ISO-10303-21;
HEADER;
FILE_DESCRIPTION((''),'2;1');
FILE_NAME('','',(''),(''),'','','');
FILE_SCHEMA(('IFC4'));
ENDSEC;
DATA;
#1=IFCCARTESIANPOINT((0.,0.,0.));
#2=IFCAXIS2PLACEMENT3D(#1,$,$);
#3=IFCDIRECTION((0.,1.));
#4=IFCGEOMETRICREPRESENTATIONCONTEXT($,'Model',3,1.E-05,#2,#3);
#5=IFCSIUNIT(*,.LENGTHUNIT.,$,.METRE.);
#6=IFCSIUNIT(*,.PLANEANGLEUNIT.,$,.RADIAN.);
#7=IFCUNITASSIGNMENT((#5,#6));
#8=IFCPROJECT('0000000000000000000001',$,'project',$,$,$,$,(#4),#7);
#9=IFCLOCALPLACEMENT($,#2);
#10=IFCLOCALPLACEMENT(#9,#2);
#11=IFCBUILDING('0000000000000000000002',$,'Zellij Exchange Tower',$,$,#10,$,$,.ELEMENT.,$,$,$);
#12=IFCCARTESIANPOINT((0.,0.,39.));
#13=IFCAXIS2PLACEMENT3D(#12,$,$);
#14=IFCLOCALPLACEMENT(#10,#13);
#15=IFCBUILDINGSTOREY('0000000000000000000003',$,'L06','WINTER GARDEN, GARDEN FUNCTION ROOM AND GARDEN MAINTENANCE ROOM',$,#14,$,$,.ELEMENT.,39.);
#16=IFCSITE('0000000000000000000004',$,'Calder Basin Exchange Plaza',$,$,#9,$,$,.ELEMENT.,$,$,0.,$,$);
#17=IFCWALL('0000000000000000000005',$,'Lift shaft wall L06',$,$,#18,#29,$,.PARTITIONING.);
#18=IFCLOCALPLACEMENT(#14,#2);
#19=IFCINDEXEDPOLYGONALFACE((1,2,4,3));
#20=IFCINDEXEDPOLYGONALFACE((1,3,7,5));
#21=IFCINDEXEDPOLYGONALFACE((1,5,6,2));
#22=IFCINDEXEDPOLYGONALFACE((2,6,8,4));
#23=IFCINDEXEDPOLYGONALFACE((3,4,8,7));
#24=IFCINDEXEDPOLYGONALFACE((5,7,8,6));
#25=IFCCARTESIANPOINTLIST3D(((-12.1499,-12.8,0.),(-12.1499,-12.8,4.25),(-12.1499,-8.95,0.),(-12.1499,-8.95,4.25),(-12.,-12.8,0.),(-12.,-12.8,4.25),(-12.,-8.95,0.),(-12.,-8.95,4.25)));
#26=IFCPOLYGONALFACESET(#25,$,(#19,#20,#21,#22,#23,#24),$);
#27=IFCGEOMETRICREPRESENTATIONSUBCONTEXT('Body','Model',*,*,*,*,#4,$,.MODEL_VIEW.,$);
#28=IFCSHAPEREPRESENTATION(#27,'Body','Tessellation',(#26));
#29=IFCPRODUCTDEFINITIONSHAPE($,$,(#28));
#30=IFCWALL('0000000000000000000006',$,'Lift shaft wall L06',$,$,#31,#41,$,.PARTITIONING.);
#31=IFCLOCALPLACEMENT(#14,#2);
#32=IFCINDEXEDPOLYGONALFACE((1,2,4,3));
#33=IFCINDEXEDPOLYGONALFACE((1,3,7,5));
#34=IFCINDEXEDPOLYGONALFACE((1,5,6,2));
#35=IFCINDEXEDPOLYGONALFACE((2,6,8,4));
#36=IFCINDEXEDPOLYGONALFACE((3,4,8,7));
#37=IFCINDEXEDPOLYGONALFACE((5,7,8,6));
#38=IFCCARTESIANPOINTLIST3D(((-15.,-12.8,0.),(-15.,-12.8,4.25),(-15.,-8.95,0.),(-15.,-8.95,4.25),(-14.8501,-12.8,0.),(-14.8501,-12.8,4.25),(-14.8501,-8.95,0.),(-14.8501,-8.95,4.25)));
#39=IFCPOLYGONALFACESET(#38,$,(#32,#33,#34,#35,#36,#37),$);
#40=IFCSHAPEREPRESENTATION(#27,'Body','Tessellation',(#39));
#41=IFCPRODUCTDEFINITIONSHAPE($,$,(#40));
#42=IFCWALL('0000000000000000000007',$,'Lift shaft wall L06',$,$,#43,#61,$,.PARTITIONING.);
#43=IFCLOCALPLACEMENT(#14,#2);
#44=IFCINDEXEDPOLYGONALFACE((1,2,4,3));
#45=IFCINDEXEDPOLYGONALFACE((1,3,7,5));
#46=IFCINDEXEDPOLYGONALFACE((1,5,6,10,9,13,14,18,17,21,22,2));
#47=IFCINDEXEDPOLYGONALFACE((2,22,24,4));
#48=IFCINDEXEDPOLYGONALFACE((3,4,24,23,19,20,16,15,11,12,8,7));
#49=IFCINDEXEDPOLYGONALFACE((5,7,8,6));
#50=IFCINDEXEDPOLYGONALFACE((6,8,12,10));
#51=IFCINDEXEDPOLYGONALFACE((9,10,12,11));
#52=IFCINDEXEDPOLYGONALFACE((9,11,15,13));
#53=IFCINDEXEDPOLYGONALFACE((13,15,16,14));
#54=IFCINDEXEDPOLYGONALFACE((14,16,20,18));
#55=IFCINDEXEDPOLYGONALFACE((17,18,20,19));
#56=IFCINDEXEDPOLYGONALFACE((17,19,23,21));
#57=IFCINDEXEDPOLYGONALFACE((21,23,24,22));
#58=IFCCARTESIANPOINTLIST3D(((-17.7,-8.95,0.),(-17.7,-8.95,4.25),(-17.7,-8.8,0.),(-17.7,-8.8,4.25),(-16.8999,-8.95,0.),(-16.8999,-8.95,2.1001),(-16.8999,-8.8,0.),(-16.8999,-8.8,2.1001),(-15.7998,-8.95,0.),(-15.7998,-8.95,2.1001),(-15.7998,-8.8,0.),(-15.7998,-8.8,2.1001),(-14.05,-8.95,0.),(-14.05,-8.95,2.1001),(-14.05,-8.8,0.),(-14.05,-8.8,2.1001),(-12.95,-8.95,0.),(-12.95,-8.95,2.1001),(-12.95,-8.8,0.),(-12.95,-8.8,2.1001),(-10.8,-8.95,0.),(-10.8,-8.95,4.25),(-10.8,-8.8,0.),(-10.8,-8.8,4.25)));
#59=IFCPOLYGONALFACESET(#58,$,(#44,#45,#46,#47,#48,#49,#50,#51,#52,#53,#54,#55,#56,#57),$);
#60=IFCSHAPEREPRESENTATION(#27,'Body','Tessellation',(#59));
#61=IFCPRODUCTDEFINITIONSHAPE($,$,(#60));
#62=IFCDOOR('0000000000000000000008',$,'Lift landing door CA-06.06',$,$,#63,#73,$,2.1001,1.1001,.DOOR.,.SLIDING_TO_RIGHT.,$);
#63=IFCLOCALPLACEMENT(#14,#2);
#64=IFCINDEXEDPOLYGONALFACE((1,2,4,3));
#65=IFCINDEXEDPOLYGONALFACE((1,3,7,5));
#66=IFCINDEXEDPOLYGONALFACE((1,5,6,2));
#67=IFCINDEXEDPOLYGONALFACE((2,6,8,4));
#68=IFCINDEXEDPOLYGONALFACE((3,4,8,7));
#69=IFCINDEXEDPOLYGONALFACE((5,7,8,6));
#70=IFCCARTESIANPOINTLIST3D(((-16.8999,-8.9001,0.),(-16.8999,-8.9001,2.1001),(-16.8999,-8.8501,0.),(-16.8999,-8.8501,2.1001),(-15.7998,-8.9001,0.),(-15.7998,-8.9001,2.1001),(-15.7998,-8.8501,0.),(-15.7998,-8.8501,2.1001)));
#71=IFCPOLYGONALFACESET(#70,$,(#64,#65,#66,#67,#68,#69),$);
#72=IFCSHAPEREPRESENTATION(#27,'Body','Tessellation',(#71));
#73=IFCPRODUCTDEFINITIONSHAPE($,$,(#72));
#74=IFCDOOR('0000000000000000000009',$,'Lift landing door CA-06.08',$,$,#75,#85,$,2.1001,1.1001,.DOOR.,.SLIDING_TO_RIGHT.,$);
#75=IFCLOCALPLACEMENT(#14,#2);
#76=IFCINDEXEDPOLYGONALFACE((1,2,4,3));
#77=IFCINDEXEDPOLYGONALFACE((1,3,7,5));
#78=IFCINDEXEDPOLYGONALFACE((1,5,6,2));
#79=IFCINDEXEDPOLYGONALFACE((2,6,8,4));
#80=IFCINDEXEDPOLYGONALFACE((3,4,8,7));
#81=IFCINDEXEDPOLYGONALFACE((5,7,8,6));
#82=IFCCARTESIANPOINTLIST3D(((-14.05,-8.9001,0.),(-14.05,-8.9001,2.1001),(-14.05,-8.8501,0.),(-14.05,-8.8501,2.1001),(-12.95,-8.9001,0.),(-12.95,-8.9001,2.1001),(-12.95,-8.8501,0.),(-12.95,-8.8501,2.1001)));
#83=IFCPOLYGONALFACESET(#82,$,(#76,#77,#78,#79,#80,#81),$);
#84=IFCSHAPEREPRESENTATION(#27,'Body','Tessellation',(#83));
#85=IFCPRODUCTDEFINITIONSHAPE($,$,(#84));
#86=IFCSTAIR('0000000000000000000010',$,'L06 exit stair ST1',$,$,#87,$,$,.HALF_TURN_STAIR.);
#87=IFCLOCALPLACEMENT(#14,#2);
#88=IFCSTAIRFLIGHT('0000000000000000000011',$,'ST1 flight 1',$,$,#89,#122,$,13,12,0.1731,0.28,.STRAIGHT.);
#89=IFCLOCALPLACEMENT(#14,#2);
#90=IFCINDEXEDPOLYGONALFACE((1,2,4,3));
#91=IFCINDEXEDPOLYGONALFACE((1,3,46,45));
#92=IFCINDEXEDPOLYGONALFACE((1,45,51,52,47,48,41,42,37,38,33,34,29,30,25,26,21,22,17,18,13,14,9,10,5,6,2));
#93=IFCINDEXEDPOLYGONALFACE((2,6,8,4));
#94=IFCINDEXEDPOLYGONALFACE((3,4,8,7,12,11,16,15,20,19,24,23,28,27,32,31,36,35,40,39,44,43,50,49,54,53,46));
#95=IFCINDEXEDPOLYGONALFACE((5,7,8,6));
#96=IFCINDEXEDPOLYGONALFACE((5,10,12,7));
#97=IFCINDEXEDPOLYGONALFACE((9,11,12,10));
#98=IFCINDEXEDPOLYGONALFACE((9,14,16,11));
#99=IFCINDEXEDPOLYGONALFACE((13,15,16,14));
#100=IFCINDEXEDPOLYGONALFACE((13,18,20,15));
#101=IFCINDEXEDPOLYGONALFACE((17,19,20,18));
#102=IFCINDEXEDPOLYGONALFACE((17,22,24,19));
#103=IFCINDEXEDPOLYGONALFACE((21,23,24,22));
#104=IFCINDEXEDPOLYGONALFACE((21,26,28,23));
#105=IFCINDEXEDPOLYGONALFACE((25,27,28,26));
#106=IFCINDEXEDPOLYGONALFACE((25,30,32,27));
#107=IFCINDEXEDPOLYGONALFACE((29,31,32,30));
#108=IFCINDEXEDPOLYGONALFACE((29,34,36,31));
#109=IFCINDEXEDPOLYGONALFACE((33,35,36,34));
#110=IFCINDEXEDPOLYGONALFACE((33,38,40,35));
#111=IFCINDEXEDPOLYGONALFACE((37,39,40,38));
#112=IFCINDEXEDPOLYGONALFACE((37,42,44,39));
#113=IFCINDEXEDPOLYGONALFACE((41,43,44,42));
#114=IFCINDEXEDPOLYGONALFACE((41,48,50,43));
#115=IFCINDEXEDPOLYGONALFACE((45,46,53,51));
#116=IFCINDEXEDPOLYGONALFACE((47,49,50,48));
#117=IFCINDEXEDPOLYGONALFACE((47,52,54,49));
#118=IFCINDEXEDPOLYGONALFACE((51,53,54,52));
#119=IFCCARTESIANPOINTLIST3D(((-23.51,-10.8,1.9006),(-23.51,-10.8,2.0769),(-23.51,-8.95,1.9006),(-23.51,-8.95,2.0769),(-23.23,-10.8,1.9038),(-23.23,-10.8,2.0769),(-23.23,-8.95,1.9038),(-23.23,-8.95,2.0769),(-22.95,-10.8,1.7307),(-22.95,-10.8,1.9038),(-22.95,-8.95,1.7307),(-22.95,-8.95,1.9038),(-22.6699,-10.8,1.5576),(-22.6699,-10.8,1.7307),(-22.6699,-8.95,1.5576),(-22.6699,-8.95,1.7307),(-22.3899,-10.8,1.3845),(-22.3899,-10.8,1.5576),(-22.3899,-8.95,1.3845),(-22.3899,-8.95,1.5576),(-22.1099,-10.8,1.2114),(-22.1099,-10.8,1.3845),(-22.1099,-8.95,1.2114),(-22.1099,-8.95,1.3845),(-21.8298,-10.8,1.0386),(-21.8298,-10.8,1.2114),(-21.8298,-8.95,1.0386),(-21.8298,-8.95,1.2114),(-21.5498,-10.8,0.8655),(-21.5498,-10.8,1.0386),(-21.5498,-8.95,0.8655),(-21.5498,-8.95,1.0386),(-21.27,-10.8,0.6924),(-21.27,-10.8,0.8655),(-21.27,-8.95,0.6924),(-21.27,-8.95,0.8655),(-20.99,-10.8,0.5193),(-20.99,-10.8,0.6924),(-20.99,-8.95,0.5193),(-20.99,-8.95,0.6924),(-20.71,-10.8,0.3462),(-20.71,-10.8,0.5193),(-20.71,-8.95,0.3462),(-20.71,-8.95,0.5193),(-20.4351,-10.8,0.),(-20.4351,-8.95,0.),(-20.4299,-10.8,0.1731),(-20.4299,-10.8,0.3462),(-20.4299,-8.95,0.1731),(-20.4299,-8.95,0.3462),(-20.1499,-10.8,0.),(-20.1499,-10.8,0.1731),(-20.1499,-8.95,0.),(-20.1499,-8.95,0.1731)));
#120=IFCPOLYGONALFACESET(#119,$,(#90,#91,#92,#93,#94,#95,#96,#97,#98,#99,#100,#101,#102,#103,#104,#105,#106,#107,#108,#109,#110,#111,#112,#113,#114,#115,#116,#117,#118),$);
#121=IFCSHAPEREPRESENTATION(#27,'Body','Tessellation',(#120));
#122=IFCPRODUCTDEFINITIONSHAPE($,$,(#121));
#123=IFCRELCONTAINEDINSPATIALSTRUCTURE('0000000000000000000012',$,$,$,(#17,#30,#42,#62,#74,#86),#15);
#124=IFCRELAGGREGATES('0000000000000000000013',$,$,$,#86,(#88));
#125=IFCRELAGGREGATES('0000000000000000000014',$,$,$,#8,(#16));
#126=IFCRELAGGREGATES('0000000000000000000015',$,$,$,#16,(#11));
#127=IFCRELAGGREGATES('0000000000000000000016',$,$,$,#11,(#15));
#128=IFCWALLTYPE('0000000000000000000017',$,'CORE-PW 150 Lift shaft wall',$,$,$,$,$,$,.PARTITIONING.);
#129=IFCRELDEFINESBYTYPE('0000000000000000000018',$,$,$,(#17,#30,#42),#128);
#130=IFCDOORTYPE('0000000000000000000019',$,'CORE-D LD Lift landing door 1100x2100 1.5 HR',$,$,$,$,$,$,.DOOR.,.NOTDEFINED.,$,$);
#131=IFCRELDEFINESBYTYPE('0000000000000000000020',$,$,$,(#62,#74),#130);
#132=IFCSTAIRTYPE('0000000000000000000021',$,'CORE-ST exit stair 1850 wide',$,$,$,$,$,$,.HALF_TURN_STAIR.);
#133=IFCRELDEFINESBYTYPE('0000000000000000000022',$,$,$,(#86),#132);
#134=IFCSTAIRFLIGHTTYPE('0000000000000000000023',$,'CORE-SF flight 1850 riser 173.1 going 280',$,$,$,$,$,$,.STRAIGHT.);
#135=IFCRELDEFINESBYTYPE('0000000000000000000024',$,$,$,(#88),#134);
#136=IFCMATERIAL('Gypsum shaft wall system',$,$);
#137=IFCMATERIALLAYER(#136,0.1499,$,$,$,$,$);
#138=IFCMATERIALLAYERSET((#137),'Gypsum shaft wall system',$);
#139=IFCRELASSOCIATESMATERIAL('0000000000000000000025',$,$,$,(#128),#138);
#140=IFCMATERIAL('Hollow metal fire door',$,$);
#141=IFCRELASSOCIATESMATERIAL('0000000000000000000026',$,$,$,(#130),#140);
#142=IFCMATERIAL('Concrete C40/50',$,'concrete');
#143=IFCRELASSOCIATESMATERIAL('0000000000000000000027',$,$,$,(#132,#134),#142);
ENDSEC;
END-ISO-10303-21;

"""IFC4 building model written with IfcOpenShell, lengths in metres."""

from ifc_helpers import new_model, si_unit, direction, frame, frame_2d, origin, place, context, subcontext, project, spatial, polyline, rectangle, outline, extrude, material, layer, layer_set, type_object, element, fill, aggregate, save


model = new_model("IFC4")

# Units and contexts
model_context = context("Model", 3, precision=1e-05, world=origin(), true_north=direction((0.0, 1.0)))
body_context = subcontext(model_context, "Body", "Model", "MODEL_VIEW")
ifc_project = project(units=[si_unit("LENGTHUNIT", "METRE"), si_unit("PLANEANGLEUNIT", "RADIAN")], contexts=[model_context])

# Site, building, storey
site_placement = place(None, origin())
site = spatial("IfcSite", under=ifc_project, at=site_placement, Name="Calder Basin Exchange Plaza", CompositionType="ELEMENT", RefElevation=0.0)
building_placement = place(site_placement, origin())
building = spatial("IfcBuilding", under=site, at=building_placement, Name="Zellij Exchange Tower", CompositionType="ELEMENT")
storey_placement = place(building_placement, frame((0.0, 0.0, 39.0)))
storey = spatial("IfcBuildingStorey", under=building, at=storey_placement, Name="L06", Description="WINTER GARDEN, GARDEN FUNCTION ROOM AND GARDEN MAINTENANCE ROOM", CompositionType="ELEMENT", Elevation=39.0)

# Shared definitions
ifc_material_1 = material(Name="Hollow metal fire door")

# Walls
ifc_material_2 = material(Name="Gypsum shaft wall system")
ifc_layer_1 = layer(ifc_material_2, 0.1499)
ifc_layer_set_1 = layer_set([ifc_layer_1], Name="Gypsum shaft wall system")
wall_type_1 = type_object("IfcWallType", Name="CORE-PW 150 Lift shaft wall", PredefinedType="PARTITIONING", material=ifc_layer_set_1)
for number, where, z_axis, x_axis, name in (
    (1, (-12.075, -12.8, 0.0), (0.0, 0.0, 1.0), (0.0, 1.0, 0.0), "Lift shaft wall L06"),
    (2, (-14.925, -12.8, 0.0), (0.0, 0.0, 1.0), (0.0, 1.0, 0.0), "Lift shaft wall L06"),
):
    element("IfcWall", number, at=place(storey_placement, frame(where, z_axis=z_axis, x_axis=x_axis)), inside=storey, type_object=wall_type_1, Name=name, PredefinedType="PARTITIONING", context=body_context, shape_type="SweptSolid", body=[
        extrude(rectangle(XDim=3.8501, YDim=0.1499, at=frame_2d((1.925, 0.0))), origin(), (0.0, 0.0, 1.0), 4.25),
    ])

# Wall, openings, doors
wall_1_placement = place(storey_placement, frame((-17.7, -8.875, 0.0), z_axis=(0.0, 0.0, 1.0), x_axis=(1.0, 0.0, 0.0)))
wall_1 = element("IfcWall", 3, at=wall_1_placement, inside=storey, type_object=wall_type_1, Name="Lift shaft wall L06", PredefinedType="PARTITIONING", context=body_context, shape_type="SweptSolid", body=[
    extrude(rectangle(XDim=6.8999, YDim=0.1499, at=frame_2d((3.45, 0.0))), origin(), (0.0, 0.0, 1.0), 4.25),
])
opening_1_placement = place(wall_1_placement, frame((0.8, 0.0, 0.0)))
opening_1 = element("IfcOpeningElement", 4, at=opening_1_placement, cuts=wall_1, PredefinedType="OPENING", context=body_context, shape_type="SweptSolid", body=[
    extrude(rectangle(XDim=1.1001, YDim=2.1001, at=frame_2d((0.55, 1.05))), frame((0.0, 0.0869, 0.0), z_axis=(0.0, -1.0, 0.0), x_axis=(1.0, 0.0, 0.0)), (0.0, 0.0, 1.0), 0.1738),
])
opening_2_placement = place(wall_1_placement, frame((3.6499, 0.0, 0.0)))
opening_2 = element("IfcOpeningElement", 5, at=opening_2_placement, cuts=wall_1, PredefinedType="OPENING", context=body_context, shape_type="SweptSolid", body=[
    extrude(rectangle(XDim=1.1001, YDim=2.1001, at=frame_2d((0.55, 1.05))), frame((0.0, 0.0869, 0.0), z_axis=(0.0, -1.0, 0.0), x_axis=(1.0, 0.0, 0.0)), (0.0, 0.0, 1.0), 0.1738),
])
door_type_1 = type_object("IfcDoorType", Name="CORE-D LD Lift landing door 1100x2100 1.5 HR", OperationType="NOTDEFINED", PredefinedType="DOOR", material=ifc_material_1)
door_1_placement = place(opening_1_placement, origin())
door_1 = element("IfcDoor", 6, at=door_1_placement, inside=storey, type_object=door_type_1, Name="Lift landing door CA-06.06", OperationType="SLIDING_TO_RIGHT", OverallHeight=2.1001, OverallWidth=1.1001, PredefinedType="DOOR", context=body_context, shape_type="SweptSolid", body=[
    extrude(rectangle(XDim=1.1001, YDim=2.1001, at=frame_2d((0.55, 1.05))), frame((0.0, 0.0249, 0.0), z_axis=(0.0, -1.0, 0.0), x_axis=(1.0, 0.0, 0.0)), (0.0, 0.0, 1.0), 0.05),
])
fill(opening_1, door_1)
door_2_placement = place(opening_2_placement, origin())
door_2 = element("IfcDoor", 7, at=door_2_placement, inside=storey, type_object=door_type_1, Name="Lift landing door CA-06.08", OperationType="SLIDING_TO_RIGHT", OverallHeight=2.1001, OverallWidth=1.1001, PredefinedType="DOOR", context=body_context, shape_type="SweptSolid", body=[
    extrude(rectangle(XDim=1.1001, YDim=2.1001, at=frame_2d((0.55, 1.05))), frame((0.0, 0.0249, 0.0), z_axis=(0.0, -1.0, 0.0), x_axis=(1.0, 0.0, 0.0)), (0.0, 0.0, 1.0), 0.05),
])
fill(opening_2, door_2)

# Stair, stair flight
ifc_material_3 = material(Name="Concrete C40/50", Category="concrete")
stair_type = type_object("IfcStairType", Name="CORE-ST exit stair 1850 wide", PredefinedType="HALF_TURN_STAIR", material=ifc_material_3)
stair_placement = place(storey_placement, origin())
stair = element("IfcStair", 8, at=stair_placement, inside=storey, type_object=stair_type, Name="L06 exit stair ST1", PredefinedType="HALF_TURN_STAIR")
stair_flight_type = type_object("IfcStairFlightType", Name="CORE-SF flight 1850 riser 173.1 going 280", PredefinedType="STRAIGHT", material=ifc_material_3)
stair_flight_placement = place(storey_placement, frame((-20.1499, -9.875, 0.0), z_axis=(0.0, 0.0, 1.0), x_axis=(-1.0, 0.0, 0.0)))
stair_flight = element("IfcStairFlight", 9, at=stair_flight_placement, type_object=stair_flight_type, Name="ST1 flight 1", NumberOfRisers=13, NumberOfTreads=12, PredefinedType="STRAIGHT", RiserHeight=0.1731, TreadLength=0.28, context=body_context, shape_type="SweptSolid", body=[
    extrude(outline(polyline([(0.0, 0.0), (0.0, 0.1731), (0.28, 0.1731), (0.28, 0.3462), (0.5601, 0.3462), (0.5601, 0.5193), (0.8401, 0.5193), (0.8401, 0.6924), (1.1201, 0.6924), (1.1201, 0.8655), (1.3999, 0.8655), (1.3999, 1.0386), (1.6799, 1.0386), (1.6799, 1.2114), (1.96, 1.2114), (1.96, 1.3845), (2.24, 1.3845), (2.24, 1.5576), (2.52, 1.5576), (2.52, 1.7307), (2.8, 1.7307), (2.8, 1.9038), (3.0801, 1.9038), (3.0801, 2.0769), (3.3601, 2.0769), (3.3601, 2.25), (3.3601, 1.9006), (0.2852, 0.0), (0.0, 0.0)])), frame((0.0, 0.925, 0.0), z_axis=(0.0, -1.0, 0.0), x_axis=(1.0, 0.0, 0.0)), (0.0, 0.0, 1.0), 1.8501),
])
aggregate(stair, [stair_flight])

save(model, "model.ifc")
